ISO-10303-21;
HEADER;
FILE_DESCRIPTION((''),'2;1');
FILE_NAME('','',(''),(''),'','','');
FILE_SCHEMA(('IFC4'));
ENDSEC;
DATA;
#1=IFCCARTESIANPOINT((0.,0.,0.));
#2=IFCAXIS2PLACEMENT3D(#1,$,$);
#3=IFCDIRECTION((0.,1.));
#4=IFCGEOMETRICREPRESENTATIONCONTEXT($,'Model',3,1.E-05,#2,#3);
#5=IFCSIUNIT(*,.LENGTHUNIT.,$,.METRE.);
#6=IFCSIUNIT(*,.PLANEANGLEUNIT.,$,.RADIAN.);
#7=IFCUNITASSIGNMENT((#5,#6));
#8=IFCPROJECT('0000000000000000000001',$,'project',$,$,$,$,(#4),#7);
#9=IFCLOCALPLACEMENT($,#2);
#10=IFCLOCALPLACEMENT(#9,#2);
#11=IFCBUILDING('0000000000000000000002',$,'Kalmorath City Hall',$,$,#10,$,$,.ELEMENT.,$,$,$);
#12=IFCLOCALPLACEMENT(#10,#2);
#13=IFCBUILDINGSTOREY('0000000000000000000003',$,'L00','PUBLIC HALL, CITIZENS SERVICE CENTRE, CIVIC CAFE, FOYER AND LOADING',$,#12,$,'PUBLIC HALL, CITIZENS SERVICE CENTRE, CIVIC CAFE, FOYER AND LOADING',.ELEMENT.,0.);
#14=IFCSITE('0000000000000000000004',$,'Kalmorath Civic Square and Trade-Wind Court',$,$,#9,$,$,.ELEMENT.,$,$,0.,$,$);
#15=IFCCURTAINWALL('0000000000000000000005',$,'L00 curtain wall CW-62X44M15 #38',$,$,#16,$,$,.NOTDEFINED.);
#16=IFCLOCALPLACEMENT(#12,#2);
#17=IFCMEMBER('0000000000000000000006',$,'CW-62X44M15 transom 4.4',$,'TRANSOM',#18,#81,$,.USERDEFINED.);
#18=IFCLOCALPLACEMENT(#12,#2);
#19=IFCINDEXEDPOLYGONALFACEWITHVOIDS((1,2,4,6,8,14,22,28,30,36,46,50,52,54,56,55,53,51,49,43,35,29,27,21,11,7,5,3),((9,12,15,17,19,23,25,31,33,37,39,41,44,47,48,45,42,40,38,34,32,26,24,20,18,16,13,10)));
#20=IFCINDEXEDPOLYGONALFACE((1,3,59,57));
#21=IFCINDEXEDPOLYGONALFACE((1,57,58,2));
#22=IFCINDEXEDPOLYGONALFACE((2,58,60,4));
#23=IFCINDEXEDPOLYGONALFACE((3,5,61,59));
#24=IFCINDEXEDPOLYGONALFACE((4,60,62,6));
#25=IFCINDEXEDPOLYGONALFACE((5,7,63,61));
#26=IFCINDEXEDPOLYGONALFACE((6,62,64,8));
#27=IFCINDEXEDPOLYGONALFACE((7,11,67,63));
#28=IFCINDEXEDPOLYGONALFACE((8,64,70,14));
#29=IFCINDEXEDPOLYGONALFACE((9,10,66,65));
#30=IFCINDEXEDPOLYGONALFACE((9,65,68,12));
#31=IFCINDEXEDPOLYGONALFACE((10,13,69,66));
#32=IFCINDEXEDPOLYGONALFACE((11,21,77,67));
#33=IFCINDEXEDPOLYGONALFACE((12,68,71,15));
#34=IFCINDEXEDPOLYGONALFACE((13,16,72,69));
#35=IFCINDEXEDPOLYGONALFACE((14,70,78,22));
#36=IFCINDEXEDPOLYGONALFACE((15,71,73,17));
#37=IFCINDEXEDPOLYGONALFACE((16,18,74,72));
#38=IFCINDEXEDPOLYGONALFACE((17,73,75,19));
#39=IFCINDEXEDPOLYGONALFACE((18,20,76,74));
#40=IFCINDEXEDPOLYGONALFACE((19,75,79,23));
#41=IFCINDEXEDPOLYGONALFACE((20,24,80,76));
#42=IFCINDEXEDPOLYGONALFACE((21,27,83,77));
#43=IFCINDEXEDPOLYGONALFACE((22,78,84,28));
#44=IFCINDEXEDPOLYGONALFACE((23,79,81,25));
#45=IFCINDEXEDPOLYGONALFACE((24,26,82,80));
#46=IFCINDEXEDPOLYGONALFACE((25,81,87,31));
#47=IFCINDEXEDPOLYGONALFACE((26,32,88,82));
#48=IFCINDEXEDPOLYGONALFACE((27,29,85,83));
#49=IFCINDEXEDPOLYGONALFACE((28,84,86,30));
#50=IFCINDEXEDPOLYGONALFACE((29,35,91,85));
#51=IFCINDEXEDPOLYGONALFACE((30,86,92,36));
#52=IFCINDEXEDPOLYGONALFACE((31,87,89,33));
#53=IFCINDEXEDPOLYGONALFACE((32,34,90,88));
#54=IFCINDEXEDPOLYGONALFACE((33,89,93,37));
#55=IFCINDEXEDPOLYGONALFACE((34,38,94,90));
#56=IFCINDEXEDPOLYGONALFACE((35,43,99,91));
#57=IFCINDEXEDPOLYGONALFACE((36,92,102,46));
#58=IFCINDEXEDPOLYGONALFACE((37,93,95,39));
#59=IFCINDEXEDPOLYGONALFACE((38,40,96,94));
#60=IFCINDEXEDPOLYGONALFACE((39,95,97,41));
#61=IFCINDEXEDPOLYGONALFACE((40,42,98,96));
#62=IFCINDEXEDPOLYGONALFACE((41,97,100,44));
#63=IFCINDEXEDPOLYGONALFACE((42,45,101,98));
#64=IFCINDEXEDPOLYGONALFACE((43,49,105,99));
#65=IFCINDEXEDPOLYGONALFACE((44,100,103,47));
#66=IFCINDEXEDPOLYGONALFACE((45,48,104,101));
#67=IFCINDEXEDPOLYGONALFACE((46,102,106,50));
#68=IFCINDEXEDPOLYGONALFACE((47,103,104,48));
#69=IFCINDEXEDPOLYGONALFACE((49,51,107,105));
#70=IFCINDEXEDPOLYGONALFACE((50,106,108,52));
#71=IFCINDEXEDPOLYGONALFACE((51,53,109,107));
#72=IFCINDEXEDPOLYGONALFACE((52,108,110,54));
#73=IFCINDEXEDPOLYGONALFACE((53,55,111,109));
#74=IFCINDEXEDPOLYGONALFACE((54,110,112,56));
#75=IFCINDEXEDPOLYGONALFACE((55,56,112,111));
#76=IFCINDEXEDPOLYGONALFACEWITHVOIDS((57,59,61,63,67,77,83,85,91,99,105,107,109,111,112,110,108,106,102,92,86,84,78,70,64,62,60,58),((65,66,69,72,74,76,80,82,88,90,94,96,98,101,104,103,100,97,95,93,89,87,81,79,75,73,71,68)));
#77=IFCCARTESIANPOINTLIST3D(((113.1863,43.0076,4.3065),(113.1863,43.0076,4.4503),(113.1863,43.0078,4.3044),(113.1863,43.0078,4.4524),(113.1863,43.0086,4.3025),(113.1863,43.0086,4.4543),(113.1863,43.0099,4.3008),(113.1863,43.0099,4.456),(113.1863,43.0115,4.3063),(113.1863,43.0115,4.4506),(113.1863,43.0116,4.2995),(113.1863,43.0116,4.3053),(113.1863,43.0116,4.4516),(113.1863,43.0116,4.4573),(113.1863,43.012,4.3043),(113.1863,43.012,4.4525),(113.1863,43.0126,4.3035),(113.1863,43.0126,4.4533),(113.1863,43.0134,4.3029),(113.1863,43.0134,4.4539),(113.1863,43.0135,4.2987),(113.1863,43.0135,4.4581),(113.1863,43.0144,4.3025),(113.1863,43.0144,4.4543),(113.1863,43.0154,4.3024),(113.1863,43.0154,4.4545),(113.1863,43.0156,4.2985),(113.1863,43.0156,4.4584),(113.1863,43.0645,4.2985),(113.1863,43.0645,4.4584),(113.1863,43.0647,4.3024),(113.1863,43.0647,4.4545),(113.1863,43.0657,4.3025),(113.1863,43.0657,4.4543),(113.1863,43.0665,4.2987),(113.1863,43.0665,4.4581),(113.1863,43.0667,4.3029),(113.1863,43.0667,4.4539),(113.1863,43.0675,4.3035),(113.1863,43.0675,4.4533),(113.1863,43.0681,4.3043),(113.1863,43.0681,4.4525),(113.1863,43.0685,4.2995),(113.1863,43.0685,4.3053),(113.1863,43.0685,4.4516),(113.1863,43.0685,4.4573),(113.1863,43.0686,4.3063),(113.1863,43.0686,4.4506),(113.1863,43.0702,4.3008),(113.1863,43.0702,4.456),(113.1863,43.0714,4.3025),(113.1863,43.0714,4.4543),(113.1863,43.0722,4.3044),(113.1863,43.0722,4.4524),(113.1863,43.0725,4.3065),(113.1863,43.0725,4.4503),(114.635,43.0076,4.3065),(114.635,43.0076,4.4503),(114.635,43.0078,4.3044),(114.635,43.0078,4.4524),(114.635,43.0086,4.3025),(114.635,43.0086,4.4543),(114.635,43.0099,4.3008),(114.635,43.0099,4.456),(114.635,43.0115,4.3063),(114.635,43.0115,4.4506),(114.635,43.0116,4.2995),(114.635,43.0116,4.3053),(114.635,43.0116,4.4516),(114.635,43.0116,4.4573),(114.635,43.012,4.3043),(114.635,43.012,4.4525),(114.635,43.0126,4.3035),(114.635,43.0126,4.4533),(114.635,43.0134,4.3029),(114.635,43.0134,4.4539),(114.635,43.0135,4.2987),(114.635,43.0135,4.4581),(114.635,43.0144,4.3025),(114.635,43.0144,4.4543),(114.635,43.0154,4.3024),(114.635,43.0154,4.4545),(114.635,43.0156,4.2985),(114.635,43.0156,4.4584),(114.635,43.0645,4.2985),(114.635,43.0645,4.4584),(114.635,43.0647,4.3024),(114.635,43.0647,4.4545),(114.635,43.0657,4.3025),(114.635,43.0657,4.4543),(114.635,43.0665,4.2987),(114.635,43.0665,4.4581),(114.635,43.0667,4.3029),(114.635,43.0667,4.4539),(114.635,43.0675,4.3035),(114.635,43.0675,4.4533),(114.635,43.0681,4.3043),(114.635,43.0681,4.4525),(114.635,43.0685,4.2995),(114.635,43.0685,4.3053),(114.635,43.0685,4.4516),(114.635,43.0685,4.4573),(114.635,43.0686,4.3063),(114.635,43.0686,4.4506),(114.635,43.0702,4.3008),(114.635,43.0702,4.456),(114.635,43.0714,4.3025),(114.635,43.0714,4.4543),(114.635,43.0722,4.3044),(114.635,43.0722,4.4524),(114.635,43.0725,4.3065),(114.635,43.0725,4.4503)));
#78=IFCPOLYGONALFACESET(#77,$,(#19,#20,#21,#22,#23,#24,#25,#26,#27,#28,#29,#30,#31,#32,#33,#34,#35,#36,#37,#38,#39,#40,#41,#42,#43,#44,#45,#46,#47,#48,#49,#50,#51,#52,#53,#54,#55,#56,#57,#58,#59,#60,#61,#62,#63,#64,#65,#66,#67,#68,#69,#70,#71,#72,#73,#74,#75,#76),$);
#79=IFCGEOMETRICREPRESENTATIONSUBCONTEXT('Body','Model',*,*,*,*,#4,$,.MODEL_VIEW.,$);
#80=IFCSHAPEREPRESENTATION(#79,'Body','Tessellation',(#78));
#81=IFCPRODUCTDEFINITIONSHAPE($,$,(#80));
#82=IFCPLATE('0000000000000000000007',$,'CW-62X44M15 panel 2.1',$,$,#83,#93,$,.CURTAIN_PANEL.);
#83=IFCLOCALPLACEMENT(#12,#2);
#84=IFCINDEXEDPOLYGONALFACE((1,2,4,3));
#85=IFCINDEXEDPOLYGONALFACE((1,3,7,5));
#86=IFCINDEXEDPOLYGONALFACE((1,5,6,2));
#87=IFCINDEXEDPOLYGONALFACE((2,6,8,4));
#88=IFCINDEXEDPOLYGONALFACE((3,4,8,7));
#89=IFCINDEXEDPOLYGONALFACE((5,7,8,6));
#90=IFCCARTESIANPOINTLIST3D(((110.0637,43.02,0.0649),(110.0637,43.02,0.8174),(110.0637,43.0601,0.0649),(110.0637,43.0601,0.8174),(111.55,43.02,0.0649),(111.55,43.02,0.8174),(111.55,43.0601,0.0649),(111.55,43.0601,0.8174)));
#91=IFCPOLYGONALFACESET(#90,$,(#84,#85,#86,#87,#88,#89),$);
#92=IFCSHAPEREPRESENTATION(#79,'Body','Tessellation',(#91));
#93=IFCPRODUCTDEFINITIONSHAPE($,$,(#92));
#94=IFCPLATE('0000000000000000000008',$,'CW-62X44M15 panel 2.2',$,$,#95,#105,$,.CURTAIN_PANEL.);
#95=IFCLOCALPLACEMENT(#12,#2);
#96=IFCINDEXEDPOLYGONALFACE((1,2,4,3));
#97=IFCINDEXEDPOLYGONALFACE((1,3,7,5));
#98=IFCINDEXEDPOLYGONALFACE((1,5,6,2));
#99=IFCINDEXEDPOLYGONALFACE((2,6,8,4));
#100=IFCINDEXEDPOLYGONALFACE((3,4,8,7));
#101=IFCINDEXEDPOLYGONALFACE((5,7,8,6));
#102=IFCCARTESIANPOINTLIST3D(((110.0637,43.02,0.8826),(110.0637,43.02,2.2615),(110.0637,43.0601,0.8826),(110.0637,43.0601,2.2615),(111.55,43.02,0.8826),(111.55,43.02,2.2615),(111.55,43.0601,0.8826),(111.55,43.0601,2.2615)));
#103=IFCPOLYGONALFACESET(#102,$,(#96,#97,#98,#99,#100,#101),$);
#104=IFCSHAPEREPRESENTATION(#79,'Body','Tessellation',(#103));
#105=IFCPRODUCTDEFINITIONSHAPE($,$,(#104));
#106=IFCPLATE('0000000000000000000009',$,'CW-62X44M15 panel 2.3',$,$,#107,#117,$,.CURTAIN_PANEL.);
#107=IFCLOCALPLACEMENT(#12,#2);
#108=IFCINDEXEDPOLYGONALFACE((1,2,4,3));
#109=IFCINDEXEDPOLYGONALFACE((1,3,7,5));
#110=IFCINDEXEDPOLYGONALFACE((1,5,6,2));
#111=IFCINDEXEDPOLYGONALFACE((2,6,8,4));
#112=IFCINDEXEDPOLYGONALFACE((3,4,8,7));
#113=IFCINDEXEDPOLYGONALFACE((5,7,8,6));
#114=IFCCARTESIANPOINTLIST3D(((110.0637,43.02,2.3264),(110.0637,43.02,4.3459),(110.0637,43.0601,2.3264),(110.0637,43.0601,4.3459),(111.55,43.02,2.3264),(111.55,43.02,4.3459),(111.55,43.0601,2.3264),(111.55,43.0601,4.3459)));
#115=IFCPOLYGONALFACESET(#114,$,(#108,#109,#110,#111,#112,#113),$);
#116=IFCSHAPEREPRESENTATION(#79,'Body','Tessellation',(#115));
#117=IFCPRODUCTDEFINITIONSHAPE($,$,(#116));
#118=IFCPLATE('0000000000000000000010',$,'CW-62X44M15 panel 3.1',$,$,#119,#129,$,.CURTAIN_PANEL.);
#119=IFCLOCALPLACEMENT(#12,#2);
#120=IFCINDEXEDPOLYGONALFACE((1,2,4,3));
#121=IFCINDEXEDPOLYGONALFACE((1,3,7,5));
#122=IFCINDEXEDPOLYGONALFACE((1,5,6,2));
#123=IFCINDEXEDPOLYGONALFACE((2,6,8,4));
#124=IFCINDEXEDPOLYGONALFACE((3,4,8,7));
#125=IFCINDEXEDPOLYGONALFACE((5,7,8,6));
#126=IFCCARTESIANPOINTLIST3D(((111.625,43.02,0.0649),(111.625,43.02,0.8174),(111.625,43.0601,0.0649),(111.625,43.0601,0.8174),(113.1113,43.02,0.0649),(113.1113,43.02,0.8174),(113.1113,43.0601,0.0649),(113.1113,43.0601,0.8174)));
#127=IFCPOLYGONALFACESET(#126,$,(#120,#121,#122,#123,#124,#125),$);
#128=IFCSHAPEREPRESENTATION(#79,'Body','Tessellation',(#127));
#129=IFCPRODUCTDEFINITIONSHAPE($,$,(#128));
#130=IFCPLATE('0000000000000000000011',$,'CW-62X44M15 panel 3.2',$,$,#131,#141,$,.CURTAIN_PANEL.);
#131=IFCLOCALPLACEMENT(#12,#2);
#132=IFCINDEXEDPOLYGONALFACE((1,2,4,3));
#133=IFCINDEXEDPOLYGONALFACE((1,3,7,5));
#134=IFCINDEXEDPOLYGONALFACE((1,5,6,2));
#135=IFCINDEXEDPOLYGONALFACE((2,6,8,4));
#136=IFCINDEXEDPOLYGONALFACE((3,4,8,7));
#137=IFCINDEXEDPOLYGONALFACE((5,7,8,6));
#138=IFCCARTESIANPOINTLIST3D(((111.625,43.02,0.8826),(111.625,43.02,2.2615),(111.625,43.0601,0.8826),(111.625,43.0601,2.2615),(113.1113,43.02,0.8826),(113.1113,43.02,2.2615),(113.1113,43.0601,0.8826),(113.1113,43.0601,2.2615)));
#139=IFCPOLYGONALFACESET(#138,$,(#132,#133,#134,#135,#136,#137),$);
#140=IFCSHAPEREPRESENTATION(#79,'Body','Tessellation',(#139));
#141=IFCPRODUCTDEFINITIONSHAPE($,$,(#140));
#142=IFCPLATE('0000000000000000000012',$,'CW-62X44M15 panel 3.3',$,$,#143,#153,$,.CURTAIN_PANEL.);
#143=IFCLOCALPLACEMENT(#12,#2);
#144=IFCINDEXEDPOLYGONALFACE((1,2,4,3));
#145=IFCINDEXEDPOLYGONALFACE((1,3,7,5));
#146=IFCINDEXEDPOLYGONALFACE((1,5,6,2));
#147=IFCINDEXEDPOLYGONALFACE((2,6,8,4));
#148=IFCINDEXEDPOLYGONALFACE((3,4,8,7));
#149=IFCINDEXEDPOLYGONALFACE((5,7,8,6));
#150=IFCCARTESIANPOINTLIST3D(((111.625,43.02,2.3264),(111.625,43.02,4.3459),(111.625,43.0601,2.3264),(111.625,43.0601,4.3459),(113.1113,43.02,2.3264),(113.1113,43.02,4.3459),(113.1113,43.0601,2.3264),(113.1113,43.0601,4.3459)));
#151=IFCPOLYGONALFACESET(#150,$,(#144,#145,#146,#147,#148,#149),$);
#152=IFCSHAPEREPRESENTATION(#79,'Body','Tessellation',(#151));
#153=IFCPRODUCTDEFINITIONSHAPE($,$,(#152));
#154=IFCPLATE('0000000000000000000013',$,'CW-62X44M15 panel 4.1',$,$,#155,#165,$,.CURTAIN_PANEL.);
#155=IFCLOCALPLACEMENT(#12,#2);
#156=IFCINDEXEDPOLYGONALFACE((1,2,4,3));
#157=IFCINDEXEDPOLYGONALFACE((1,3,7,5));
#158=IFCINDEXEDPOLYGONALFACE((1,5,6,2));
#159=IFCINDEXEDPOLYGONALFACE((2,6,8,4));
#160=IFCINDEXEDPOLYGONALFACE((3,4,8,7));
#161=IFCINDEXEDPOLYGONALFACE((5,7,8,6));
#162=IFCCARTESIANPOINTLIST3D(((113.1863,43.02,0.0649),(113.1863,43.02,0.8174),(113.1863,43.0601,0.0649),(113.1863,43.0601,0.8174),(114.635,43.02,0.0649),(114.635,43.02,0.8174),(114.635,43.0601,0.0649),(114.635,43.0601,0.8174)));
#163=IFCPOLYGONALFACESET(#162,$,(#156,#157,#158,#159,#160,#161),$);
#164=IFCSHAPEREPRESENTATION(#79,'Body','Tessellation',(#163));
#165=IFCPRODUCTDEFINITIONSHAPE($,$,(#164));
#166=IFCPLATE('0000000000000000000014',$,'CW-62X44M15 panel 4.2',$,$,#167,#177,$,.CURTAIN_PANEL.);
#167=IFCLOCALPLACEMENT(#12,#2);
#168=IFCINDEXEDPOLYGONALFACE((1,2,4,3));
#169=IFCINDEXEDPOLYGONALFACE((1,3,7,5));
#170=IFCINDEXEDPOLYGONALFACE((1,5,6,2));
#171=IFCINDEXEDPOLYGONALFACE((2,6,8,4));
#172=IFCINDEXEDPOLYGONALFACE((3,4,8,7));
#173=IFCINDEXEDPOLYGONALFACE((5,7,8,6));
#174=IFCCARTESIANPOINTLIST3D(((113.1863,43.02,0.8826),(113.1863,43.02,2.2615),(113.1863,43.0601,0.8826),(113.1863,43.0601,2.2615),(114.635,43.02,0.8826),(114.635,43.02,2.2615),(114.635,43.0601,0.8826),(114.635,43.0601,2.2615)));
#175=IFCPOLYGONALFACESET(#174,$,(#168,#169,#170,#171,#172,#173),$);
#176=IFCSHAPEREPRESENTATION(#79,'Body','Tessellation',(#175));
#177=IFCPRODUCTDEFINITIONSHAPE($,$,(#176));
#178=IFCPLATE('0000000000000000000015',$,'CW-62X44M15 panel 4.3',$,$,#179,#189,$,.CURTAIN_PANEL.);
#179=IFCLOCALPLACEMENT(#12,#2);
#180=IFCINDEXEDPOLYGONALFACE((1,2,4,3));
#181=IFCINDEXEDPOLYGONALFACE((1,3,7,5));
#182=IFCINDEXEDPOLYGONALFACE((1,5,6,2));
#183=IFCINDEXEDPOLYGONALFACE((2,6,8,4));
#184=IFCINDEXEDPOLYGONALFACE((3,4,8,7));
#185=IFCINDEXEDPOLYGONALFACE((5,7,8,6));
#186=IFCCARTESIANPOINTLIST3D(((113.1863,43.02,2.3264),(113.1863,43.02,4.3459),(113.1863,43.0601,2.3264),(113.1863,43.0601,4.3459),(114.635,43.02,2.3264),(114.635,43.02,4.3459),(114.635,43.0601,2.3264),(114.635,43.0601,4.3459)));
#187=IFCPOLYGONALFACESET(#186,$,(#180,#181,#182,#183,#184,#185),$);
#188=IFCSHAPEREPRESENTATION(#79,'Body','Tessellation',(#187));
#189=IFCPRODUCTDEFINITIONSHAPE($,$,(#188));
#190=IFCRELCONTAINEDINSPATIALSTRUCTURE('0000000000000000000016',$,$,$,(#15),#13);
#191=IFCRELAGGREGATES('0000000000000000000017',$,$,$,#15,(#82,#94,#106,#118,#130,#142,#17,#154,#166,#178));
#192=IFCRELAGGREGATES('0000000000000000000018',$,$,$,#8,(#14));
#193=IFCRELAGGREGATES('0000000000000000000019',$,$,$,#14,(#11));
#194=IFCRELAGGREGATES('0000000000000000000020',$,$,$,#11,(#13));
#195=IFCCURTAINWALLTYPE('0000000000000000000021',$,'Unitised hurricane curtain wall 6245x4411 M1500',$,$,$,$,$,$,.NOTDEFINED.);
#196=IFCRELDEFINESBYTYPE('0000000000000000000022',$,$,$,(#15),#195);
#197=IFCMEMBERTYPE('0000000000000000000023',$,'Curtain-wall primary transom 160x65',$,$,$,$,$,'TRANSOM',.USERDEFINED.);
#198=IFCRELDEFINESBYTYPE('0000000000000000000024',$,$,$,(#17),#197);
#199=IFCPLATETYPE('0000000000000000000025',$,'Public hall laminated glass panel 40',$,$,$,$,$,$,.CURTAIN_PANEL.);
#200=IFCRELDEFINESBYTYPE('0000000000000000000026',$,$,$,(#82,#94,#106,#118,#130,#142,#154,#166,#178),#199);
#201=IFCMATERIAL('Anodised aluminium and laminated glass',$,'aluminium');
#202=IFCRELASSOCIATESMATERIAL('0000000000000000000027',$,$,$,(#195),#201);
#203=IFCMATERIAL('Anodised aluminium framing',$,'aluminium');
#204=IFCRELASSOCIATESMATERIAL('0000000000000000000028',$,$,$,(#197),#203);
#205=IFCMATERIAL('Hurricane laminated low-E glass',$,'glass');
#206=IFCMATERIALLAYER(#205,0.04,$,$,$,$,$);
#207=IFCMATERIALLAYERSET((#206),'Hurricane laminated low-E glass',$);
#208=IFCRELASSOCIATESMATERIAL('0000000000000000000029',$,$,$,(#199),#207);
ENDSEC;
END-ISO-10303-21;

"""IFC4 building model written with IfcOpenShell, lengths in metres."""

from ifc_helpers import new_model, si_unit, direction, frame, origin, origin_2d, place, context, subcontext, project, spatial, rectangle, hollow_rectangle, extrude, material, layer, layer_set, material_profile, profile_set, type_object, element, aggregate, save


model = new_model("IFC4")

# Units and contexts
model_context = context("Model", 3, precision=1e-05, world=origin(), true_north=direction((0.0, 1.0)))
body_context = subcontext(model_context, "Body", "Model", "MODEL_VIEW")
ifc_project = project(units=[si_unit("LENGTHUNIT", "METRE"), si_unit("PLANEANGLEUNIT", "RADIAN")], contexts=[model_context])

# Site, building, storey
site_placement = place(None, origin())
site = spatial("IfcSite", under=ifc_project, at=site_placement, Name="Kalmorath Civic Square and Trade-Wind Court", CompositionType="ELEMENT", RefElevation=0.0)
building_placement = place(site_placement, origin())
building = spatial("IfcBuilding", under=site, at=building_placement, Name="Kalmorath City Hall", CompositionType="ELEMENT")
storey_placement = place(building_placement, origin())
storey = spatial("IfcBuildingStorey", under=building, at=storey_placement, Name="L00", Description="PUBLIC HALL, CITIZENS SERVICE CENTRE, CIVIC CAFE, FOYER AND LOADING", LongName="PUBLIC HALL, CITIZENS SERVICE CENTRE, CIVIC CAFE, FOYER AND LOADING", CompositionType="ELEMENT", Elevation=0.0)

# Curtain wall, member, plates
ifc_material_1 = material(Name="Anodised aluminium and laminated glass", Category="aluminium")
curtain_wall_type = type_object("IfcCurtainWallType", Name="Unitised hurricane curtain wall 6245x4411 M1500", PredefinedType="NOTDEFINED", material=ifc_material_1)
curtain_wall_placement = place(storey_placement, origin())
curtain_wall = element("IfcCurtainWall", 1, at=curtain_wall_placement, inside=storey, type_object=curtain_wall_type, Name="L00 curtain wall CW-62X44M15 #38", PredefinedType="NOTDEFINED")
ifc_material_2 = material(Name="Anodised aluminium framing", Category="aluminium")
ifc_material_profile_1 = material_profile(ifc_material_2, hollow_rectangle(XDim=0.0649, YDim=0.1599, WallThickness=0.0039, InnerFilletRadius=0.0039, OuterFilletRadius=0.0081, at=origin_2d()), Name="ALU-TRN-160X65X4")
ifc_profile_set_1 = profile_set([ifc_material_profile_1], Name="Anodised aluminium framing")
member_type_1 = type_object("IfcMemberType", Name="Curtain-wall primary transom 160x65", ElementType="TRANSOM", PredefinedType="USERDEFINED", material=ifc_profile_set_1)
member_1_placement = place(storey_placement, frame((113.1863, 43.04, 4.3784), z_axis=(1.0, 0.0, 0.0), x_axis=(0.0, 1.0, 0.0)))
member_1 = element("IfcMember", 2, at=member_1_placement, type_object=member_type_1, Name="CW-62X44M15 transom 4.4", ObjectType="TRANSOM", PredefinedType="USERDEFINED", context=body_context, shape_type="SweptSolid", body=[
    extrude(hollow_rectangle(XDim=0.0649, YDim=0.1599, WallThickness=0.0039, InnerFilletRadius=0.0039, OuterFilletRadius=0.0081, at=origin_2d()), origin(), (0.0, 0.0, 1.0), 1.4487),
])
ifc_material_3 = material(Name="Hurricane laminated low-E glass", Category="glass")
ifc_layer = layer(ifc_material_3, 0.04)
ifc_layer_set = layer_set([ifc_layer], Name="Hurricane laminated low-E glass")
plate_type = type_object("IfcPlateType", Name="Public hall laminated glass panel 40", PredefinedType="CURTAIN_PANEL", material=ifc_layer_set)
plate_1_placement = place(storey_placement, frame((110.8069, 43.04, 0.0649), z_axis=(0.0, 0.0, 1.0), x_axis=(1.0, 0.0, 0.0)))
plate_1 = element("IfcPlate", 3, at=plate_1_placement, type_object=plate_type, Name="CW-62X44M15 panel 2.1", PredefinedType="CURTAIN_PANEL", context=body_context, shape_type="SweptSolid", body=[
    extrude(rectangle(XDim=1.4863, YDim=0.04, at=origin_2d()), origin(), (0.0, 0.0, 1.0), 0.7524),
])
plate_2_placement = place(storey_placement, frame((110.8069, 43.04, 0.8826), z_axis=(0.0, 0.0, 1.0), x_axis=(1.0, 0.0, 0.0)))
plate_2 = element("IfcPlate", 4, at=plate_2_placement, type_object=plate_type, Name="CW-62X44M15 panel 2.2", PredefinedType="CURTAIN_PANEL", context=body_context, shape_type="SweptSolid", body=[
    extrude(rectangle(XDim=1.4863, YDim=0.04, at=origin_2d()), origin(), (0.0, 0.0, 1.0), 1.3789),
])
plate_3_placement = place(storey_placement, frame((110.8069, 43.04, 2.3264), z_axis=(0.0, 0.0, 1.0), x_axis=(1.0, 0.0, 0.0)))
plate_3 = element("IfcPlate", 5, at=plate_3_placement, type_object=plate_type, Name="CW-62X44M15 panel 2.3", PredefinedType="CURTAIN_PANEL", context=body_context, shape_type="SweptSolid", body=[
    extrude(rectangle(XDim=1.4863, YDim=0.04, at=origin_2d()), origin(), (0.0, 0.0, 1.0), 2.0195),
])
plate_4_placement = place(storey_placement, frame((112.3682, 43.04, 0.0649), z_axis=(0.0, 0.0, 1.0), x_axis=(1.0, 0.0, 0.0)))
plate_4 = element("IfcPlate", 6, at=plate_4_placement, type_object=plate_type, Name="CW-62X44M15 panel 3.1", PredefinedType="CURTAIN_PANEL", context=body_context, shape_type="SweptSolid", body=[
    extrude(rectangle(XDim=1.4863, YDim=0.04, at=origin_2d()), origin(), (0.0, 0.0, 1.0), 0.7524),
])
plate_5_placement = place(storey_placement, frame((112.3682, 43.04, 0.8826), z_axis=(0.0, 0.0, 1.0), x_axis=(1.0, 0.0, 0.0)))
plate_5 = element("IfcPlate", 7, at=plate_5_placement, type_object=plate_type, Name="CW-62X44M15 panel 3.2", PredefinedType="CURTAIN_PANEL", context=body_context, shape_type="SweptSolid", body=[
    extrude(rectangle(XDim=1.4863, YDim=0.04, at=origin_2d()), origin(), (0.0, 0.0, 1.0), 1.3789),
])
plate_6_placement = place(storey_placement, frame((112.3682, 43.04, 2.3264), z_axis=(0.0, 0.0, 1.0), x_axis=(1.0, 0.0, 0.0)))
plate_6 = element("IfcPlate", 8, at=plate_6_placement, type_object=plate_type, Name="CW-62X44M15 panel 3.3", PredefinedType="CURTAIN_PANEL", context=body_context, shape_type="SweptSolid", body=[
    extrude(rectangle(XDim=1.4863, YDim=0.04, at=origin_2d()), origin(), (0.0, 0.0, 1.0), 2.0195),
])
plate_7_placement = place(storey_placement, frame((113.9106, 43.04, 0.0649), z_axis=(0.0, 0.0, 1.0), x_axis=(1.0, 0.0, 0.0)))
plate_7 = element("IfcPlate", 9, at=plate_7_placement, type_object=plate_type, Name="CW-62X44M15 panel 4.1", PredefinedType="CURTAIN_PANEL", context=body_context, shape_type="SweptSolid", body=[
    extrude(rectangle(XDim=1.4487, YDim=0.04, at=origin_2d()), origin(), (0.0, 0.0, 1.0), 0.7524),
])
plate_8_placement = place(storey_placement, frame((113.9106, 43.04, 0.8826), z_axis=(0.0, 0.0, 1.0), x_axis=(1.0, 0.0, 0.0)))
plate_8 = element("IfcPlate", 10, at=plate_8_placement, type_object=plate_type, Name="CW-62X44M15 panel 4.2", PredefinedType="CURTAIN_PANEL", context=body_context, shape_type="SweptSolid", body=[
    extrude(rectangle(XDim=1.4487, YDim=0.04, at=origin_2d()), origin(), (0.0, 0.0, 1.0), 1.3789),
])
plate_9_placement = place(storey_placement, frame((113.9106, 43.04, 2.3264), z_axis=(0.0, 0.0, 1.0), x_axis=(1.0, 0.0, 0.0)))
plate_9 = element("IfcPlate", 11, at=plate_9_placement, type_object=plate_type, Name="CW-62X44M15 panel 4.3", PredefinedType="CURTAIN_PANEL", context=body_context, shape_type="SweptSolid", body=[
    extrude(rectangle(XDim=1.4487, YDim=0.04, at=origin_2d()), origin(), (0.0, 0.0, 1.0), 2.0195),
])
aggregate(curtain_wall, [plate_1, plate_2, plate_3, plate_4, plate_5, plate_6, member_1, plate_7, plate_8, plate_9])

save(model, "model.ifc")
